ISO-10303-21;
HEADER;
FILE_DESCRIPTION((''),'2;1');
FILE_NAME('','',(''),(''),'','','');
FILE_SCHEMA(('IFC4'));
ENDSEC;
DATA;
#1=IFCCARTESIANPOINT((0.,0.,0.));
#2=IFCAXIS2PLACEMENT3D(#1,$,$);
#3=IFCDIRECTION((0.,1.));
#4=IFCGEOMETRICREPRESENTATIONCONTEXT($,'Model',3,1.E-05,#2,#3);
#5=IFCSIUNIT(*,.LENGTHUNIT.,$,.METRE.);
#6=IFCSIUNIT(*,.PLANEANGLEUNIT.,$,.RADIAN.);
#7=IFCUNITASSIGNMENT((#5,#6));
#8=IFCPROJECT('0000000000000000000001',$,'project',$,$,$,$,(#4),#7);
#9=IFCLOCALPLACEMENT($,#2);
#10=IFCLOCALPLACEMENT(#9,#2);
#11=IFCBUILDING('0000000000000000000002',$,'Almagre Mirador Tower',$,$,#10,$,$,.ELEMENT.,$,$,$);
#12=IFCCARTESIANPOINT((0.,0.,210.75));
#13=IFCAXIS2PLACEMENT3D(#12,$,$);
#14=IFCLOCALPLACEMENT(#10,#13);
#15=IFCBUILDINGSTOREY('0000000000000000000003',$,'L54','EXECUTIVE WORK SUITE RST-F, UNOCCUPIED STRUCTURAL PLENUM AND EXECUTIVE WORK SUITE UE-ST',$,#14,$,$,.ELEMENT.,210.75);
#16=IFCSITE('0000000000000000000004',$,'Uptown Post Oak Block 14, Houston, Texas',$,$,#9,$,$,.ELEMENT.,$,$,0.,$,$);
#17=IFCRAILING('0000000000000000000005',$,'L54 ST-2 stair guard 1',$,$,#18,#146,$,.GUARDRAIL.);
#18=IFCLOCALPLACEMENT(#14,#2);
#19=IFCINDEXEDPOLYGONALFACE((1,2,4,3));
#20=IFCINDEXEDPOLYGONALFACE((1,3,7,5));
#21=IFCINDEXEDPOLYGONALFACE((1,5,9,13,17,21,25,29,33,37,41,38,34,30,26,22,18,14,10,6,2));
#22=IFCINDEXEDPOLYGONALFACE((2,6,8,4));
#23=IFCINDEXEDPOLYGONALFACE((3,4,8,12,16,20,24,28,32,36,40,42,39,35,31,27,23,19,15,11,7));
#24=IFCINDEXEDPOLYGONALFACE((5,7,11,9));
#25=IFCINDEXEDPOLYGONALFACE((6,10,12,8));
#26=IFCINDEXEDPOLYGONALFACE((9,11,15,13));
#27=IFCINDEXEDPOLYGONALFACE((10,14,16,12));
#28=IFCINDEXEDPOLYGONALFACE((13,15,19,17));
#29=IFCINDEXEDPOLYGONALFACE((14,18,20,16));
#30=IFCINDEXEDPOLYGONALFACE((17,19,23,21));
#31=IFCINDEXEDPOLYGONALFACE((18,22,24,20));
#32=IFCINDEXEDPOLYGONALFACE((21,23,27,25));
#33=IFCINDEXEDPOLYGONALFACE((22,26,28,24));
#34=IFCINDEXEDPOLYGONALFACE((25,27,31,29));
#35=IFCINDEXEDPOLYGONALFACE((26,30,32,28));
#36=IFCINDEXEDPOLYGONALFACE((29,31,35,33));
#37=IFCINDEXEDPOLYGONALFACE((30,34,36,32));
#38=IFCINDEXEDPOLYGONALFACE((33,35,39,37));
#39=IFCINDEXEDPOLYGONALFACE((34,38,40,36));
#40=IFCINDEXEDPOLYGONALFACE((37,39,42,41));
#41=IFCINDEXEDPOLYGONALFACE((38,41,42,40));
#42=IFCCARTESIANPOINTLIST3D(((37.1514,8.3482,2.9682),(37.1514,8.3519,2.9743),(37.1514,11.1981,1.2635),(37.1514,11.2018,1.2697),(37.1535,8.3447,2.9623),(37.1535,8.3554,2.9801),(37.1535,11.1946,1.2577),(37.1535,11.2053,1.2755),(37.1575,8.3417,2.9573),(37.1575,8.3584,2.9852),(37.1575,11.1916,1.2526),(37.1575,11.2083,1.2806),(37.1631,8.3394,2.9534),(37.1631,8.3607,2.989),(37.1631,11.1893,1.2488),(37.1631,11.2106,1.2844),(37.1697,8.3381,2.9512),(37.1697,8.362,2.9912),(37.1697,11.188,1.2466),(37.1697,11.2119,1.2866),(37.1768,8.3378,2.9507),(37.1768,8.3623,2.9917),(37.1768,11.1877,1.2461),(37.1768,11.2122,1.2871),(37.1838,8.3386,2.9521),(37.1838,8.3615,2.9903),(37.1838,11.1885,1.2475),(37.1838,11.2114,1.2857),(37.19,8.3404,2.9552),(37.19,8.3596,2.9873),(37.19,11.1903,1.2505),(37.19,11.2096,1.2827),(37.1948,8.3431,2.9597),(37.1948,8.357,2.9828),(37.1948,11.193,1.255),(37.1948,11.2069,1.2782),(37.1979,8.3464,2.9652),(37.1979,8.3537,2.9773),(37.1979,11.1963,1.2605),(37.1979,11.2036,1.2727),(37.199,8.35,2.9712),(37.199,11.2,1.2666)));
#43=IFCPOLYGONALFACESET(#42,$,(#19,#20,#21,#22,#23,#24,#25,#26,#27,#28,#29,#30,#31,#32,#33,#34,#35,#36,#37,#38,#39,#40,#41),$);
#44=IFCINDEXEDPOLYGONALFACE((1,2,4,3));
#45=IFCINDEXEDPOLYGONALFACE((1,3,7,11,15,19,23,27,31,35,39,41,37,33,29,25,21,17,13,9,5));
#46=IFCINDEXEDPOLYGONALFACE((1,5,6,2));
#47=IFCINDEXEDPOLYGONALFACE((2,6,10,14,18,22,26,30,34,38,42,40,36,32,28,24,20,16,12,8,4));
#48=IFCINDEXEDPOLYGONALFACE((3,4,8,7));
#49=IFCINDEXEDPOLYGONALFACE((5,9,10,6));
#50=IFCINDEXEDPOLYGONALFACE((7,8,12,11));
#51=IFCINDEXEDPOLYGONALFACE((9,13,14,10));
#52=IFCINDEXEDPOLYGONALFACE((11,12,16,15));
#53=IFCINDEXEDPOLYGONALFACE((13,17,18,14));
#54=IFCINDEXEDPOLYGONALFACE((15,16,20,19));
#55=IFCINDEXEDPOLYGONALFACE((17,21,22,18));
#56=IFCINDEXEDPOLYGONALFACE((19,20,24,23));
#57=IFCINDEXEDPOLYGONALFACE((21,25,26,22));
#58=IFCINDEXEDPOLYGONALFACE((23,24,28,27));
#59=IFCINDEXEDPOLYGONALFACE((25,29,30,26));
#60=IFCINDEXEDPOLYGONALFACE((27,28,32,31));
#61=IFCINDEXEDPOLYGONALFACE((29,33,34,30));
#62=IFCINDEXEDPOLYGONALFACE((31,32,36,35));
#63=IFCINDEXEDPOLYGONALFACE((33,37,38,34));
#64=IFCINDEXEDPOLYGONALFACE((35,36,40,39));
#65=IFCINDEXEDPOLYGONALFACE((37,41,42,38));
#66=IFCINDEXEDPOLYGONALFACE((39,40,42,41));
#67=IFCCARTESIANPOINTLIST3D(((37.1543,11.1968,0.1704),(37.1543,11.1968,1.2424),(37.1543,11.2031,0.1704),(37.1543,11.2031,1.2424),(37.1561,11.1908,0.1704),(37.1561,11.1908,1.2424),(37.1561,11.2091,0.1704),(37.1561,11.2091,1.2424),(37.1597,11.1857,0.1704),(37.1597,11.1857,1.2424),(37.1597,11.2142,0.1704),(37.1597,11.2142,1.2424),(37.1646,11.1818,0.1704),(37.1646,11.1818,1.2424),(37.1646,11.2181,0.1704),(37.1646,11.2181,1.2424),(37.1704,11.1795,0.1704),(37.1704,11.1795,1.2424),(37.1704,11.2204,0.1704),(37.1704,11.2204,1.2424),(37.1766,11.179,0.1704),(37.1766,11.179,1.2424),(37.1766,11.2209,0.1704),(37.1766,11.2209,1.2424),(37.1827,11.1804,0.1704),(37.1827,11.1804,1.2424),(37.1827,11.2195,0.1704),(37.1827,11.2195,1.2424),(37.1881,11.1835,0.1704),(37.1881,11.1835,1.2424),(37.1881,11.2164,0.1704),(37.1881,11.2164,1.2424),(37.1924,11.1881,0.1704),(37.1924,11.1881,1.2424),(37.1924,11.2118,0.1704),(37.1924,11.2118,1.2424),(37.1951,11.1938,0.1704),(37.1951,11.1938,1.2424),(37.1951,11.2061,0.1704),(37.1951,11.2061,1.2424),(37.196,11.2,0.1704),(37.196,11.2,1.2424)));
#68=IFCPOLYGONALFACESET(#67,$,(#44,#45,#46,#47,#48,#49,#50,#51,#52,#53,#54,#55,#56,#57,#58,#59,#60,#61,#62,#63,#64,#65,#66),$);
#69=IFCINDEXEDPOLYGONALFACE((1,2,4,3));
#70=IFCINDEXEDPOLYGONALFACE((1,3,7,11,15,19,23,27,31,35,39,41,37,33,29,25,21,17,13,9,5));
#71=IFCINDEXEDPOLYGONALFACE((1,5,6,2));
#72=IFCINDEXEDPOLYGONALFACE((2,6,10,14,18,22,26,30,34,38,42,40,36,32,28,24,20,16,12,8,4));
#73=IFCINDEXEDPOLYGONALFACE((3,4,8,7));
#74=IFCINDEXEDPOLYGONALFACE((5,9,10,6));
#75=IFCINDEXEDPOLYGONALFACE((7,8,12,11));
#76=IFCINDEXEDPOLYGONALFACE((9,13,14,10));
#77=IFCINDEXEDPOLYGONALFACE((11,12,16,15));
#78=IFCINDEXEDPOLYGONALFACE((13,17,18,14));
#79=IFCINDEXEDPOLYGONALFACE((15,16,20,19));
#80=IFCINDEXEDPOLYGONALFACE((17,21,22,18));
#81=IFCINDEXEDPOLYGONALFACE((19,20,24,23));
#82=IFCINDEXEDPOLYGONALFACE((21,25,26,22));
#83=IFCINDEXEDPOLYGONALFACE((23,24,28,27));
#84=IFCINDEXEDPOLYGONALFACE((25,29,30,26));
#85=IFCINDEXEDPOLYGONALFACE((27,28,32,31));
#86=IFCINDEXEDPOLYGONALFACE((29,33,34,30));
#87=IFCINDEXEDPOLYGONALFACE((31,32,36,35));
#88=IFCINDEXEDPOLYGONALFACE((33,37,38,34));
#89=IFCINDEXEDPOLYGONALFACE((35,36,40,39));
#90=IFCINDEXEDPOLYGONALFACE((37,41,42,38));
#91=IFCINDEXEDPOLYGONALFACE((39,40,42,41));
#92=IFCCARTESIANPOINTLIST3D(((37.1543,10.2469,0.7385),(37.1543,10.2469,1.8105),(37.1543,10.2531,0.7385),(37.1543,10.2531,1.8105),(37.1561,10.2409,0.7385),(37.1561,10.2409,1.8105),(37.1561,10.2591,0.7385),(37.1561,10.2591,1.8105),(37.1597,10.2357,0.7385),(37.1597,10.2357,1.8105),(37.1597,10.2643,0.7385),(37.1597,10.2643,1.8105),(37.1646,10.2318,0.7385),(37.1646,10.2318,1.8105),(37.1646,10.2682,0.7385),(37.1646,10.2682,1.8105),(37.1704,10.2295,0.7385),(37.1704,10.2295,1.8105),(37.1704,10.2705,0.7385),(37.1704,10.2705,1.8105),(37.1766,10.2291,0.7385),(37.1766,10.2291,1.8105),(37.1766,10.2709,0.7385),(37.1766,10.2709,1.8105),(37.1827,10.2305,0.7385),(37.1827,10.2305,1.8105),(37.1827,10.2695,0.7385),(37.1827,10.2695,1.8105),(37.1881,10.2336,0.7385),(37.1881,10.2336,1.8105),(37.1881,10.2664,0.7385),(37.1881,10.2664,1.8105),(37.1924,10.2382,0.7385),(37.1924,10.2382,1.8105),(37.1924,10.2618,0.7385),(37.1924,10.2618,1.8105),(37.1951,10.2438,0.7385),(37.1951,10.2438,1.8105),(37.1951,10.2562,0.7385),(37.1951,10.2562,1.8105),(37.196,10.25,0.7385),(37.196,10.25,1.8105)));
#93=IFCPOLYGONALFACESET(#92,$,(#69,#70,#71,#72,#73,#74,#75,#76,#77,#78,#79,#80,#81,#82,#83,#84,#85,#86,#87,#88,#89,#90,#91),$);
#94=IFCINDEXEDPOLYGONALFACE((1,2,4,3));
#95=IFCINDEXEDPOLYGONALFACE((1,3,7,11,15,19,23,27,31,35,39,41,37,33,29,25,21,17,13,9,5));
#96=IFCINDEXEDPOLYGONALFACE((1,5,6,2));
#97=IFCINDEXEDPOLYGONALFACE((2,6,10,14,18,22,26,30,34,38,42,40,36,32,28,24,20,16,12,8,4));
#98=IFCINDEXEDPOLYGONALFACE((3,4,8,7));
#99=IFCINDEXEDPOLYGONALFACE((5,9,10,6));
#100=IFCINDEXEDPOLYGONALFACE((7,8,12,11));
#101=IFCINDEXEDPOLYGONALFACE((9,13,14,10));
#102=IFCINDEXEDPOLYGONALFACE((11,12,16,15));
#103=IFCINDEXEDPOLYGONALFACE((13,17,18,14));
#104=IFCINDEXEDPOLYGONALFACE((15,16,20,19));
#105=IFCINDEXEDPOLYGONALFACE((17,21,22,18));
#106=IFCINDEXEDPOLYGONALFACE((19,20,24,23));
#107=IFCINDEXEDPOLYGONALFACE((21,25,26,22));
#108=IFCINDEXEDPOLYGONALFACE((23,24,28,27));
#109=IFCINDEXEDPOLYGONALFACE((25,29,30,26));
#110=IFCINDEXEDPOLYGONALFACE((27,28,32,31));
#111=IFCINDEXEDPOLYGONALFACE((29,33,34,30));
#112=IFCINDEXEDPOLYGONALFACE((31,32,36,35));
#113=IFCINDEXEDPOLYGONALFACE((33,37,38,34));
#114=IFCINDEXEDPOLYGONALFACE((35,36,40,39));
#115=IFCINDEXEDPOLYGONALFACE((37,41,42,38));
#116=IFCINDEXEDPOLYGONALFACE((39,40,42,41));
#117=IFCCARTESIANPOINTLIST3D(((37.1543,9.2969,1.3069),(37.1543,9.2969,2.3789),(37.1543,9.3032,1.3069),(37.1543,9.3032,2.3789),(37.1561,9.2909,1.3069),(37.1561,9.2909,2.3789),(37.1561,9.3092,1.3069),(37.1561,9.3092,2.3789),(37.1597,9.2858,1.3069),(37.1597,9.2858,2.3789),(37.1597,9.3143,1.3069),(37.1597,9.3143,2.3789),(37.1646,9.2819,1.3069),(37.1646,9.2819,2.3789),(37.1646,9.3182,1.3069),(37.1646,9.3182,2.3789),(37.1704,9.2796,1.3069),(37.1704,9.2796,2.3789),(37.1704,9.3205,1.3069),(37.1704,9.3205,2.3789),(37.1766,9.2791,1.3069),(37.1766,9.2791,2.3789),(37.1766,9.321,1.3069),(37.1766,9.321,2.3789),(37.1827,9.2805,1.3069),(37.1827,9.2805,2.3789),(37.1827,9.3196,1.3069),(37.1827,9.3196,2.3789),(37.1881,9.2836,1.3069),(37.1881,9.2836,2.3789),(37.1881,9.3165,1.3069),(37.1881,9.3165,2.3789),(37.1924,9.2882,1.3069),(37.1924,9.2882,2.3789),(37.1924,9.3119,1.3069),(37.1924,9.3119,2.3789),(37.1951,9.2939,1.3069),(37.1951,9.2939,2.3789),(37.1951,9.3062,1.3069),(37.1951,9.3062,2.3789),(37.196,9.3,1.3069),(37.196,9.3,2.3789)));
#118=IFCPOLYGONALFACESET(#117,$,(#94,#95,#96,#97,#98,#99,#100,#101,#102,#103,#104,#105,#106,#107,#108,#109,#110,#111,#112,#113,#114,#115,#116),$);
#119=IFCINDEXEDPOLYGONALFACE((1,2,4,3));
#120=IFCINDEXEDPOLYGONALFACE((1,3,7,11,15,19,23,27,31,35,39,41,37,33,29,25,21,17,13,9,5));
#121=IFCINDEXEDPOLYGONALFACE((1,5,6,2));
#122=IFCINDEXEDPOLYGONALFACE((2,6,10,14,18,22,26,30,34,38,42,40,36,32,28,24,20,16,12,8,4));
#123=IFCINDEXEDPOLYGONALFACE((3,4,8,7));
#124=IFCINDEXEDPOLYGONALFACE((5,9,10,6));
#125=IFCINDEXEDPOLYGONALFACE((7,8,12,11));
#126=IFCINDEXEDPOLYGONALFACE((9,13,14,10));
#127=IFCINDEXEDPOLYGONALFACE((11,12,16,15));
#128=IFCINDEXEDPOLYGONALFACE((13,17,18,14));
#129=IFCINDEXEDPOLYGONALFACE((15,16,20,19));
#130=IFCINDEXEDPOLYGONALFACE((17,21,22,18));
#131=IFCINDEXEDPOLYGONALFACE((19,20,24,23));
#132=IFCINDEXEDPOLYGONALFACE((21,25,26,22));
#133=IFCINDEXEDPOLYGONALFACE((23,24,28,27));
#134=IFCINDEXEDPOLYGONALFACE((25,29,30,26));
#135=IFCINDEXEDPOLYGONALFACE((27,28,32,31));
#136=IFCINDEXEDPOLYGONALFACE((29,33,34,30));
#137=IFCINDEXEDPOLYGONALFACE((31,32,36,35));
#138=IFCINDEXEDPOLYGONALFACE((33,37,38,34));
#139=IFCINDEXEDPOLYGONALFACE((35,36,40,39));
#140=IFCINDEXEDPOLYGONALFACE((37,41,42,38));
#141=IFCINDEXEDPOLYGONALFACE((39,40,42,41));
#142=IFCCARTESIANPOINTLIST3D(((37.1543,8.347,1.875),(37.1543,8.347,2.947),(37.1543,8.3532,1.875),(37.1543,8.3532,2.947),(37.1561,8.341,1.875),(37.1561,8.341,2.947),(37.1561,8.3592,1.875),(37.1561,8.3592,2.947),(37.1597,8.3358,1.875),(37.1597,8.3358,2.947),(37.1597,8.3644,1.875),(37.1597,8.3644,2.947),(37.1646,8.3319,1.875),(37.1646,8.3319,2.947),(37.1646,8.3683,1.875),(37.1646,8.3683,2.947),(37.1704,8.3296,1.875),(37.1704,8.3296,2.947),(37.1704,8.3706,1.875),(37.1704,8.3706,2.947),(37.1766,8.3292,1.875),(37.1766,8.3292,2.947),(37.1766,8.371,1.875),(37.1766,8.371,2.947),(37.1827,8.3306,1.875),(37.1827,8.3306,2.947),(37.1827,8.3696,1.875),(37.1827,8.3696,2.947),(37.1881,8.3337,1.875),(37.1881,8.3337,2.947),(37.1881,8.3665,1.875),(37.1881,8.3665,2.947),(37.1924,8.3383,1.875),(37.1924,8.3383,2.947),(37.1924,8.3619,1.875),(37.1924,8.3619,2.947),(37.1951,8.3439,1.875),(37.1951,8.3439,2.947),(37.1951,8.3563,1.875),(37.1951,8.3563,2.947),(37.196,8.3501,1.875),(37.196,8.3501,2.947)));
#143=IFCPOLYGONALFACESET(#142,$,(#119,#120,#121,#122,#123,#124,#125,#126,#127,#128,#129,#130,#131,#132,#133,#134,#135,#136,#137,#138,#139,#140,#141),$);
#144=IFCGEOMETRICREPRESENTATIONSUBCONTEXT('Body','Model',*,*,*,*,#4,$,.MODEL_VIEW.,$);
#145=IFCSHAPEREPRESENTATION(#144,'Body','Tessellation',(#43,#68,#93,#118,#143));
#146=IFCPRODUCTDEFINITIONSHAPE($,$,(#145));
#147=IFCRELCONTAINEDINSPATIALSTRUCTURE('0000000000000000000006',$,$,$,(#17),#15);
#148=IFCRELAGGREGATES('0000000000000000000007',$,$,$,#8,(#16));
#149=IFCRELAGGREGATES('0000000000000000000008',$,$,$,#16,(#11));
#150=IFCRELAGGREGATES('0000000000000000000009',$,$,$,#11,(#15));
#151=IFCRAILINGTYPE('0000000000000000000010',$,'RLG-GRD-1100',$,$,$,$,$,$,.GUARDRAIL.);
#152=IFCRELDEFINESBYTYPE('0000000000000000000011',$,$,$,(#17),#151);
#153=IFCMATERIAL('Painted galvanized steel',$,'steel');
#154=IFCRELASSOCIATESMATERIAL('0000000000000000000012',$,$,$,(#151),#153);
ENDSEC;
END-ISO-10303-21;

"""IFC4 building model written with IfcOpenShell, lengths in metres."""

from ifc_helpers import new_model, si_unit, direction, frame, origin, origin_2d, place, context, subcontext, project, spatial, circle, extrude, material, type_object, element, save


model = new_model("IFC4")

# Units and contexts
model_context = context("Model", 3, precision=1e-05, world=origin(), true_north=direction((0.0, 1.0)))
body_context = subcontext(model_context, "Body", "Model", "MODEL_VIEW")
ifc_project = project(units=[si_unit("LENGTHUNIT", "METRE"), si_unit("PLANEANGLEUNIT", "RADIAN")], contexts=[model_context])

# Site, building, storey
site_placement = place(None, origin())
site = spatial("IfcSite", under=ifc_project, at=site_placement, Name="Uptown Post Oak Block 14, Houston, Texas", CompositionType="ELEMENT", RefElevation=0.0)
building_placement = place(site_placement, origin())
building = spatial("IfcBuilding", under=site, at=building_placement, Name="Almagre Mirador Tower", CompositionType="ELEMENT")
storey_placement = place(building_placement, frame((0.0, 0.0, 210.75)))
storey = spatial("IfcBuildingStorey", under=building, at=storey_placement, Name="L54", Description="EXECUTIVE WORK SUITE RST-F, UNOCCUPIED STRUCTURAL PLENUM AND EXECUTIVE WORK SUITE UE-ST", CompositionType="ELEMENT", Elevation=210.75)

# Railing
ifc_material_1 = material(Name="Painted galvanized steel", Category="steel")
railing_type_1 = type_object("IfcRailingType", Name="RLG-GRD-1100", PredefinedType="GUARDRAIL", material=ifc_material_1)
railing_1_placement = place(storey_placement, frame((37.175, 11.2, 0.1704)))
element("IfcRailing", 1, at=railing_1_placement, inside=storey, type_object=railing_type_1, Name="L54 ST-2 stair guard 1", PredefinedType="GUARDRAIL", context=body_context, shape_type="SweptSolid", body=[
    extrude(circle(Radius=0.0239, at=origin_2d()), frame((0.0, 0.0, 1.0962), z_axis=(0.0, -0.858199, 0.513317), x_axis=(1.0, 0.0, 0.0)), (0.0, 0.0, 1.0), 3.3208),
    extrude(circle(Radius=0.021, at=origin_2d()), origin(), (0.0, 0.0, 1.0), 1.072),
    extrude(circle(Radius=0.021, at=origin_2d()), frame((0.0, -0.95, 0.5681)), (0.0, 0.0, 1.0), 1.072),
    extrude(circle(Radius=0.021, at=origin_2d()), frame((0.0, -1.8999, 1.1365)), (0.0, 0.0, 1.0), 1.072),
    extrude(circle(Radius=0.021, at=origin_2d()), frame((0.0, -2.8499, 1.7046)), (0.0, 0.0, 1.0), 1.072),
])

save(model, "model.ifc")
